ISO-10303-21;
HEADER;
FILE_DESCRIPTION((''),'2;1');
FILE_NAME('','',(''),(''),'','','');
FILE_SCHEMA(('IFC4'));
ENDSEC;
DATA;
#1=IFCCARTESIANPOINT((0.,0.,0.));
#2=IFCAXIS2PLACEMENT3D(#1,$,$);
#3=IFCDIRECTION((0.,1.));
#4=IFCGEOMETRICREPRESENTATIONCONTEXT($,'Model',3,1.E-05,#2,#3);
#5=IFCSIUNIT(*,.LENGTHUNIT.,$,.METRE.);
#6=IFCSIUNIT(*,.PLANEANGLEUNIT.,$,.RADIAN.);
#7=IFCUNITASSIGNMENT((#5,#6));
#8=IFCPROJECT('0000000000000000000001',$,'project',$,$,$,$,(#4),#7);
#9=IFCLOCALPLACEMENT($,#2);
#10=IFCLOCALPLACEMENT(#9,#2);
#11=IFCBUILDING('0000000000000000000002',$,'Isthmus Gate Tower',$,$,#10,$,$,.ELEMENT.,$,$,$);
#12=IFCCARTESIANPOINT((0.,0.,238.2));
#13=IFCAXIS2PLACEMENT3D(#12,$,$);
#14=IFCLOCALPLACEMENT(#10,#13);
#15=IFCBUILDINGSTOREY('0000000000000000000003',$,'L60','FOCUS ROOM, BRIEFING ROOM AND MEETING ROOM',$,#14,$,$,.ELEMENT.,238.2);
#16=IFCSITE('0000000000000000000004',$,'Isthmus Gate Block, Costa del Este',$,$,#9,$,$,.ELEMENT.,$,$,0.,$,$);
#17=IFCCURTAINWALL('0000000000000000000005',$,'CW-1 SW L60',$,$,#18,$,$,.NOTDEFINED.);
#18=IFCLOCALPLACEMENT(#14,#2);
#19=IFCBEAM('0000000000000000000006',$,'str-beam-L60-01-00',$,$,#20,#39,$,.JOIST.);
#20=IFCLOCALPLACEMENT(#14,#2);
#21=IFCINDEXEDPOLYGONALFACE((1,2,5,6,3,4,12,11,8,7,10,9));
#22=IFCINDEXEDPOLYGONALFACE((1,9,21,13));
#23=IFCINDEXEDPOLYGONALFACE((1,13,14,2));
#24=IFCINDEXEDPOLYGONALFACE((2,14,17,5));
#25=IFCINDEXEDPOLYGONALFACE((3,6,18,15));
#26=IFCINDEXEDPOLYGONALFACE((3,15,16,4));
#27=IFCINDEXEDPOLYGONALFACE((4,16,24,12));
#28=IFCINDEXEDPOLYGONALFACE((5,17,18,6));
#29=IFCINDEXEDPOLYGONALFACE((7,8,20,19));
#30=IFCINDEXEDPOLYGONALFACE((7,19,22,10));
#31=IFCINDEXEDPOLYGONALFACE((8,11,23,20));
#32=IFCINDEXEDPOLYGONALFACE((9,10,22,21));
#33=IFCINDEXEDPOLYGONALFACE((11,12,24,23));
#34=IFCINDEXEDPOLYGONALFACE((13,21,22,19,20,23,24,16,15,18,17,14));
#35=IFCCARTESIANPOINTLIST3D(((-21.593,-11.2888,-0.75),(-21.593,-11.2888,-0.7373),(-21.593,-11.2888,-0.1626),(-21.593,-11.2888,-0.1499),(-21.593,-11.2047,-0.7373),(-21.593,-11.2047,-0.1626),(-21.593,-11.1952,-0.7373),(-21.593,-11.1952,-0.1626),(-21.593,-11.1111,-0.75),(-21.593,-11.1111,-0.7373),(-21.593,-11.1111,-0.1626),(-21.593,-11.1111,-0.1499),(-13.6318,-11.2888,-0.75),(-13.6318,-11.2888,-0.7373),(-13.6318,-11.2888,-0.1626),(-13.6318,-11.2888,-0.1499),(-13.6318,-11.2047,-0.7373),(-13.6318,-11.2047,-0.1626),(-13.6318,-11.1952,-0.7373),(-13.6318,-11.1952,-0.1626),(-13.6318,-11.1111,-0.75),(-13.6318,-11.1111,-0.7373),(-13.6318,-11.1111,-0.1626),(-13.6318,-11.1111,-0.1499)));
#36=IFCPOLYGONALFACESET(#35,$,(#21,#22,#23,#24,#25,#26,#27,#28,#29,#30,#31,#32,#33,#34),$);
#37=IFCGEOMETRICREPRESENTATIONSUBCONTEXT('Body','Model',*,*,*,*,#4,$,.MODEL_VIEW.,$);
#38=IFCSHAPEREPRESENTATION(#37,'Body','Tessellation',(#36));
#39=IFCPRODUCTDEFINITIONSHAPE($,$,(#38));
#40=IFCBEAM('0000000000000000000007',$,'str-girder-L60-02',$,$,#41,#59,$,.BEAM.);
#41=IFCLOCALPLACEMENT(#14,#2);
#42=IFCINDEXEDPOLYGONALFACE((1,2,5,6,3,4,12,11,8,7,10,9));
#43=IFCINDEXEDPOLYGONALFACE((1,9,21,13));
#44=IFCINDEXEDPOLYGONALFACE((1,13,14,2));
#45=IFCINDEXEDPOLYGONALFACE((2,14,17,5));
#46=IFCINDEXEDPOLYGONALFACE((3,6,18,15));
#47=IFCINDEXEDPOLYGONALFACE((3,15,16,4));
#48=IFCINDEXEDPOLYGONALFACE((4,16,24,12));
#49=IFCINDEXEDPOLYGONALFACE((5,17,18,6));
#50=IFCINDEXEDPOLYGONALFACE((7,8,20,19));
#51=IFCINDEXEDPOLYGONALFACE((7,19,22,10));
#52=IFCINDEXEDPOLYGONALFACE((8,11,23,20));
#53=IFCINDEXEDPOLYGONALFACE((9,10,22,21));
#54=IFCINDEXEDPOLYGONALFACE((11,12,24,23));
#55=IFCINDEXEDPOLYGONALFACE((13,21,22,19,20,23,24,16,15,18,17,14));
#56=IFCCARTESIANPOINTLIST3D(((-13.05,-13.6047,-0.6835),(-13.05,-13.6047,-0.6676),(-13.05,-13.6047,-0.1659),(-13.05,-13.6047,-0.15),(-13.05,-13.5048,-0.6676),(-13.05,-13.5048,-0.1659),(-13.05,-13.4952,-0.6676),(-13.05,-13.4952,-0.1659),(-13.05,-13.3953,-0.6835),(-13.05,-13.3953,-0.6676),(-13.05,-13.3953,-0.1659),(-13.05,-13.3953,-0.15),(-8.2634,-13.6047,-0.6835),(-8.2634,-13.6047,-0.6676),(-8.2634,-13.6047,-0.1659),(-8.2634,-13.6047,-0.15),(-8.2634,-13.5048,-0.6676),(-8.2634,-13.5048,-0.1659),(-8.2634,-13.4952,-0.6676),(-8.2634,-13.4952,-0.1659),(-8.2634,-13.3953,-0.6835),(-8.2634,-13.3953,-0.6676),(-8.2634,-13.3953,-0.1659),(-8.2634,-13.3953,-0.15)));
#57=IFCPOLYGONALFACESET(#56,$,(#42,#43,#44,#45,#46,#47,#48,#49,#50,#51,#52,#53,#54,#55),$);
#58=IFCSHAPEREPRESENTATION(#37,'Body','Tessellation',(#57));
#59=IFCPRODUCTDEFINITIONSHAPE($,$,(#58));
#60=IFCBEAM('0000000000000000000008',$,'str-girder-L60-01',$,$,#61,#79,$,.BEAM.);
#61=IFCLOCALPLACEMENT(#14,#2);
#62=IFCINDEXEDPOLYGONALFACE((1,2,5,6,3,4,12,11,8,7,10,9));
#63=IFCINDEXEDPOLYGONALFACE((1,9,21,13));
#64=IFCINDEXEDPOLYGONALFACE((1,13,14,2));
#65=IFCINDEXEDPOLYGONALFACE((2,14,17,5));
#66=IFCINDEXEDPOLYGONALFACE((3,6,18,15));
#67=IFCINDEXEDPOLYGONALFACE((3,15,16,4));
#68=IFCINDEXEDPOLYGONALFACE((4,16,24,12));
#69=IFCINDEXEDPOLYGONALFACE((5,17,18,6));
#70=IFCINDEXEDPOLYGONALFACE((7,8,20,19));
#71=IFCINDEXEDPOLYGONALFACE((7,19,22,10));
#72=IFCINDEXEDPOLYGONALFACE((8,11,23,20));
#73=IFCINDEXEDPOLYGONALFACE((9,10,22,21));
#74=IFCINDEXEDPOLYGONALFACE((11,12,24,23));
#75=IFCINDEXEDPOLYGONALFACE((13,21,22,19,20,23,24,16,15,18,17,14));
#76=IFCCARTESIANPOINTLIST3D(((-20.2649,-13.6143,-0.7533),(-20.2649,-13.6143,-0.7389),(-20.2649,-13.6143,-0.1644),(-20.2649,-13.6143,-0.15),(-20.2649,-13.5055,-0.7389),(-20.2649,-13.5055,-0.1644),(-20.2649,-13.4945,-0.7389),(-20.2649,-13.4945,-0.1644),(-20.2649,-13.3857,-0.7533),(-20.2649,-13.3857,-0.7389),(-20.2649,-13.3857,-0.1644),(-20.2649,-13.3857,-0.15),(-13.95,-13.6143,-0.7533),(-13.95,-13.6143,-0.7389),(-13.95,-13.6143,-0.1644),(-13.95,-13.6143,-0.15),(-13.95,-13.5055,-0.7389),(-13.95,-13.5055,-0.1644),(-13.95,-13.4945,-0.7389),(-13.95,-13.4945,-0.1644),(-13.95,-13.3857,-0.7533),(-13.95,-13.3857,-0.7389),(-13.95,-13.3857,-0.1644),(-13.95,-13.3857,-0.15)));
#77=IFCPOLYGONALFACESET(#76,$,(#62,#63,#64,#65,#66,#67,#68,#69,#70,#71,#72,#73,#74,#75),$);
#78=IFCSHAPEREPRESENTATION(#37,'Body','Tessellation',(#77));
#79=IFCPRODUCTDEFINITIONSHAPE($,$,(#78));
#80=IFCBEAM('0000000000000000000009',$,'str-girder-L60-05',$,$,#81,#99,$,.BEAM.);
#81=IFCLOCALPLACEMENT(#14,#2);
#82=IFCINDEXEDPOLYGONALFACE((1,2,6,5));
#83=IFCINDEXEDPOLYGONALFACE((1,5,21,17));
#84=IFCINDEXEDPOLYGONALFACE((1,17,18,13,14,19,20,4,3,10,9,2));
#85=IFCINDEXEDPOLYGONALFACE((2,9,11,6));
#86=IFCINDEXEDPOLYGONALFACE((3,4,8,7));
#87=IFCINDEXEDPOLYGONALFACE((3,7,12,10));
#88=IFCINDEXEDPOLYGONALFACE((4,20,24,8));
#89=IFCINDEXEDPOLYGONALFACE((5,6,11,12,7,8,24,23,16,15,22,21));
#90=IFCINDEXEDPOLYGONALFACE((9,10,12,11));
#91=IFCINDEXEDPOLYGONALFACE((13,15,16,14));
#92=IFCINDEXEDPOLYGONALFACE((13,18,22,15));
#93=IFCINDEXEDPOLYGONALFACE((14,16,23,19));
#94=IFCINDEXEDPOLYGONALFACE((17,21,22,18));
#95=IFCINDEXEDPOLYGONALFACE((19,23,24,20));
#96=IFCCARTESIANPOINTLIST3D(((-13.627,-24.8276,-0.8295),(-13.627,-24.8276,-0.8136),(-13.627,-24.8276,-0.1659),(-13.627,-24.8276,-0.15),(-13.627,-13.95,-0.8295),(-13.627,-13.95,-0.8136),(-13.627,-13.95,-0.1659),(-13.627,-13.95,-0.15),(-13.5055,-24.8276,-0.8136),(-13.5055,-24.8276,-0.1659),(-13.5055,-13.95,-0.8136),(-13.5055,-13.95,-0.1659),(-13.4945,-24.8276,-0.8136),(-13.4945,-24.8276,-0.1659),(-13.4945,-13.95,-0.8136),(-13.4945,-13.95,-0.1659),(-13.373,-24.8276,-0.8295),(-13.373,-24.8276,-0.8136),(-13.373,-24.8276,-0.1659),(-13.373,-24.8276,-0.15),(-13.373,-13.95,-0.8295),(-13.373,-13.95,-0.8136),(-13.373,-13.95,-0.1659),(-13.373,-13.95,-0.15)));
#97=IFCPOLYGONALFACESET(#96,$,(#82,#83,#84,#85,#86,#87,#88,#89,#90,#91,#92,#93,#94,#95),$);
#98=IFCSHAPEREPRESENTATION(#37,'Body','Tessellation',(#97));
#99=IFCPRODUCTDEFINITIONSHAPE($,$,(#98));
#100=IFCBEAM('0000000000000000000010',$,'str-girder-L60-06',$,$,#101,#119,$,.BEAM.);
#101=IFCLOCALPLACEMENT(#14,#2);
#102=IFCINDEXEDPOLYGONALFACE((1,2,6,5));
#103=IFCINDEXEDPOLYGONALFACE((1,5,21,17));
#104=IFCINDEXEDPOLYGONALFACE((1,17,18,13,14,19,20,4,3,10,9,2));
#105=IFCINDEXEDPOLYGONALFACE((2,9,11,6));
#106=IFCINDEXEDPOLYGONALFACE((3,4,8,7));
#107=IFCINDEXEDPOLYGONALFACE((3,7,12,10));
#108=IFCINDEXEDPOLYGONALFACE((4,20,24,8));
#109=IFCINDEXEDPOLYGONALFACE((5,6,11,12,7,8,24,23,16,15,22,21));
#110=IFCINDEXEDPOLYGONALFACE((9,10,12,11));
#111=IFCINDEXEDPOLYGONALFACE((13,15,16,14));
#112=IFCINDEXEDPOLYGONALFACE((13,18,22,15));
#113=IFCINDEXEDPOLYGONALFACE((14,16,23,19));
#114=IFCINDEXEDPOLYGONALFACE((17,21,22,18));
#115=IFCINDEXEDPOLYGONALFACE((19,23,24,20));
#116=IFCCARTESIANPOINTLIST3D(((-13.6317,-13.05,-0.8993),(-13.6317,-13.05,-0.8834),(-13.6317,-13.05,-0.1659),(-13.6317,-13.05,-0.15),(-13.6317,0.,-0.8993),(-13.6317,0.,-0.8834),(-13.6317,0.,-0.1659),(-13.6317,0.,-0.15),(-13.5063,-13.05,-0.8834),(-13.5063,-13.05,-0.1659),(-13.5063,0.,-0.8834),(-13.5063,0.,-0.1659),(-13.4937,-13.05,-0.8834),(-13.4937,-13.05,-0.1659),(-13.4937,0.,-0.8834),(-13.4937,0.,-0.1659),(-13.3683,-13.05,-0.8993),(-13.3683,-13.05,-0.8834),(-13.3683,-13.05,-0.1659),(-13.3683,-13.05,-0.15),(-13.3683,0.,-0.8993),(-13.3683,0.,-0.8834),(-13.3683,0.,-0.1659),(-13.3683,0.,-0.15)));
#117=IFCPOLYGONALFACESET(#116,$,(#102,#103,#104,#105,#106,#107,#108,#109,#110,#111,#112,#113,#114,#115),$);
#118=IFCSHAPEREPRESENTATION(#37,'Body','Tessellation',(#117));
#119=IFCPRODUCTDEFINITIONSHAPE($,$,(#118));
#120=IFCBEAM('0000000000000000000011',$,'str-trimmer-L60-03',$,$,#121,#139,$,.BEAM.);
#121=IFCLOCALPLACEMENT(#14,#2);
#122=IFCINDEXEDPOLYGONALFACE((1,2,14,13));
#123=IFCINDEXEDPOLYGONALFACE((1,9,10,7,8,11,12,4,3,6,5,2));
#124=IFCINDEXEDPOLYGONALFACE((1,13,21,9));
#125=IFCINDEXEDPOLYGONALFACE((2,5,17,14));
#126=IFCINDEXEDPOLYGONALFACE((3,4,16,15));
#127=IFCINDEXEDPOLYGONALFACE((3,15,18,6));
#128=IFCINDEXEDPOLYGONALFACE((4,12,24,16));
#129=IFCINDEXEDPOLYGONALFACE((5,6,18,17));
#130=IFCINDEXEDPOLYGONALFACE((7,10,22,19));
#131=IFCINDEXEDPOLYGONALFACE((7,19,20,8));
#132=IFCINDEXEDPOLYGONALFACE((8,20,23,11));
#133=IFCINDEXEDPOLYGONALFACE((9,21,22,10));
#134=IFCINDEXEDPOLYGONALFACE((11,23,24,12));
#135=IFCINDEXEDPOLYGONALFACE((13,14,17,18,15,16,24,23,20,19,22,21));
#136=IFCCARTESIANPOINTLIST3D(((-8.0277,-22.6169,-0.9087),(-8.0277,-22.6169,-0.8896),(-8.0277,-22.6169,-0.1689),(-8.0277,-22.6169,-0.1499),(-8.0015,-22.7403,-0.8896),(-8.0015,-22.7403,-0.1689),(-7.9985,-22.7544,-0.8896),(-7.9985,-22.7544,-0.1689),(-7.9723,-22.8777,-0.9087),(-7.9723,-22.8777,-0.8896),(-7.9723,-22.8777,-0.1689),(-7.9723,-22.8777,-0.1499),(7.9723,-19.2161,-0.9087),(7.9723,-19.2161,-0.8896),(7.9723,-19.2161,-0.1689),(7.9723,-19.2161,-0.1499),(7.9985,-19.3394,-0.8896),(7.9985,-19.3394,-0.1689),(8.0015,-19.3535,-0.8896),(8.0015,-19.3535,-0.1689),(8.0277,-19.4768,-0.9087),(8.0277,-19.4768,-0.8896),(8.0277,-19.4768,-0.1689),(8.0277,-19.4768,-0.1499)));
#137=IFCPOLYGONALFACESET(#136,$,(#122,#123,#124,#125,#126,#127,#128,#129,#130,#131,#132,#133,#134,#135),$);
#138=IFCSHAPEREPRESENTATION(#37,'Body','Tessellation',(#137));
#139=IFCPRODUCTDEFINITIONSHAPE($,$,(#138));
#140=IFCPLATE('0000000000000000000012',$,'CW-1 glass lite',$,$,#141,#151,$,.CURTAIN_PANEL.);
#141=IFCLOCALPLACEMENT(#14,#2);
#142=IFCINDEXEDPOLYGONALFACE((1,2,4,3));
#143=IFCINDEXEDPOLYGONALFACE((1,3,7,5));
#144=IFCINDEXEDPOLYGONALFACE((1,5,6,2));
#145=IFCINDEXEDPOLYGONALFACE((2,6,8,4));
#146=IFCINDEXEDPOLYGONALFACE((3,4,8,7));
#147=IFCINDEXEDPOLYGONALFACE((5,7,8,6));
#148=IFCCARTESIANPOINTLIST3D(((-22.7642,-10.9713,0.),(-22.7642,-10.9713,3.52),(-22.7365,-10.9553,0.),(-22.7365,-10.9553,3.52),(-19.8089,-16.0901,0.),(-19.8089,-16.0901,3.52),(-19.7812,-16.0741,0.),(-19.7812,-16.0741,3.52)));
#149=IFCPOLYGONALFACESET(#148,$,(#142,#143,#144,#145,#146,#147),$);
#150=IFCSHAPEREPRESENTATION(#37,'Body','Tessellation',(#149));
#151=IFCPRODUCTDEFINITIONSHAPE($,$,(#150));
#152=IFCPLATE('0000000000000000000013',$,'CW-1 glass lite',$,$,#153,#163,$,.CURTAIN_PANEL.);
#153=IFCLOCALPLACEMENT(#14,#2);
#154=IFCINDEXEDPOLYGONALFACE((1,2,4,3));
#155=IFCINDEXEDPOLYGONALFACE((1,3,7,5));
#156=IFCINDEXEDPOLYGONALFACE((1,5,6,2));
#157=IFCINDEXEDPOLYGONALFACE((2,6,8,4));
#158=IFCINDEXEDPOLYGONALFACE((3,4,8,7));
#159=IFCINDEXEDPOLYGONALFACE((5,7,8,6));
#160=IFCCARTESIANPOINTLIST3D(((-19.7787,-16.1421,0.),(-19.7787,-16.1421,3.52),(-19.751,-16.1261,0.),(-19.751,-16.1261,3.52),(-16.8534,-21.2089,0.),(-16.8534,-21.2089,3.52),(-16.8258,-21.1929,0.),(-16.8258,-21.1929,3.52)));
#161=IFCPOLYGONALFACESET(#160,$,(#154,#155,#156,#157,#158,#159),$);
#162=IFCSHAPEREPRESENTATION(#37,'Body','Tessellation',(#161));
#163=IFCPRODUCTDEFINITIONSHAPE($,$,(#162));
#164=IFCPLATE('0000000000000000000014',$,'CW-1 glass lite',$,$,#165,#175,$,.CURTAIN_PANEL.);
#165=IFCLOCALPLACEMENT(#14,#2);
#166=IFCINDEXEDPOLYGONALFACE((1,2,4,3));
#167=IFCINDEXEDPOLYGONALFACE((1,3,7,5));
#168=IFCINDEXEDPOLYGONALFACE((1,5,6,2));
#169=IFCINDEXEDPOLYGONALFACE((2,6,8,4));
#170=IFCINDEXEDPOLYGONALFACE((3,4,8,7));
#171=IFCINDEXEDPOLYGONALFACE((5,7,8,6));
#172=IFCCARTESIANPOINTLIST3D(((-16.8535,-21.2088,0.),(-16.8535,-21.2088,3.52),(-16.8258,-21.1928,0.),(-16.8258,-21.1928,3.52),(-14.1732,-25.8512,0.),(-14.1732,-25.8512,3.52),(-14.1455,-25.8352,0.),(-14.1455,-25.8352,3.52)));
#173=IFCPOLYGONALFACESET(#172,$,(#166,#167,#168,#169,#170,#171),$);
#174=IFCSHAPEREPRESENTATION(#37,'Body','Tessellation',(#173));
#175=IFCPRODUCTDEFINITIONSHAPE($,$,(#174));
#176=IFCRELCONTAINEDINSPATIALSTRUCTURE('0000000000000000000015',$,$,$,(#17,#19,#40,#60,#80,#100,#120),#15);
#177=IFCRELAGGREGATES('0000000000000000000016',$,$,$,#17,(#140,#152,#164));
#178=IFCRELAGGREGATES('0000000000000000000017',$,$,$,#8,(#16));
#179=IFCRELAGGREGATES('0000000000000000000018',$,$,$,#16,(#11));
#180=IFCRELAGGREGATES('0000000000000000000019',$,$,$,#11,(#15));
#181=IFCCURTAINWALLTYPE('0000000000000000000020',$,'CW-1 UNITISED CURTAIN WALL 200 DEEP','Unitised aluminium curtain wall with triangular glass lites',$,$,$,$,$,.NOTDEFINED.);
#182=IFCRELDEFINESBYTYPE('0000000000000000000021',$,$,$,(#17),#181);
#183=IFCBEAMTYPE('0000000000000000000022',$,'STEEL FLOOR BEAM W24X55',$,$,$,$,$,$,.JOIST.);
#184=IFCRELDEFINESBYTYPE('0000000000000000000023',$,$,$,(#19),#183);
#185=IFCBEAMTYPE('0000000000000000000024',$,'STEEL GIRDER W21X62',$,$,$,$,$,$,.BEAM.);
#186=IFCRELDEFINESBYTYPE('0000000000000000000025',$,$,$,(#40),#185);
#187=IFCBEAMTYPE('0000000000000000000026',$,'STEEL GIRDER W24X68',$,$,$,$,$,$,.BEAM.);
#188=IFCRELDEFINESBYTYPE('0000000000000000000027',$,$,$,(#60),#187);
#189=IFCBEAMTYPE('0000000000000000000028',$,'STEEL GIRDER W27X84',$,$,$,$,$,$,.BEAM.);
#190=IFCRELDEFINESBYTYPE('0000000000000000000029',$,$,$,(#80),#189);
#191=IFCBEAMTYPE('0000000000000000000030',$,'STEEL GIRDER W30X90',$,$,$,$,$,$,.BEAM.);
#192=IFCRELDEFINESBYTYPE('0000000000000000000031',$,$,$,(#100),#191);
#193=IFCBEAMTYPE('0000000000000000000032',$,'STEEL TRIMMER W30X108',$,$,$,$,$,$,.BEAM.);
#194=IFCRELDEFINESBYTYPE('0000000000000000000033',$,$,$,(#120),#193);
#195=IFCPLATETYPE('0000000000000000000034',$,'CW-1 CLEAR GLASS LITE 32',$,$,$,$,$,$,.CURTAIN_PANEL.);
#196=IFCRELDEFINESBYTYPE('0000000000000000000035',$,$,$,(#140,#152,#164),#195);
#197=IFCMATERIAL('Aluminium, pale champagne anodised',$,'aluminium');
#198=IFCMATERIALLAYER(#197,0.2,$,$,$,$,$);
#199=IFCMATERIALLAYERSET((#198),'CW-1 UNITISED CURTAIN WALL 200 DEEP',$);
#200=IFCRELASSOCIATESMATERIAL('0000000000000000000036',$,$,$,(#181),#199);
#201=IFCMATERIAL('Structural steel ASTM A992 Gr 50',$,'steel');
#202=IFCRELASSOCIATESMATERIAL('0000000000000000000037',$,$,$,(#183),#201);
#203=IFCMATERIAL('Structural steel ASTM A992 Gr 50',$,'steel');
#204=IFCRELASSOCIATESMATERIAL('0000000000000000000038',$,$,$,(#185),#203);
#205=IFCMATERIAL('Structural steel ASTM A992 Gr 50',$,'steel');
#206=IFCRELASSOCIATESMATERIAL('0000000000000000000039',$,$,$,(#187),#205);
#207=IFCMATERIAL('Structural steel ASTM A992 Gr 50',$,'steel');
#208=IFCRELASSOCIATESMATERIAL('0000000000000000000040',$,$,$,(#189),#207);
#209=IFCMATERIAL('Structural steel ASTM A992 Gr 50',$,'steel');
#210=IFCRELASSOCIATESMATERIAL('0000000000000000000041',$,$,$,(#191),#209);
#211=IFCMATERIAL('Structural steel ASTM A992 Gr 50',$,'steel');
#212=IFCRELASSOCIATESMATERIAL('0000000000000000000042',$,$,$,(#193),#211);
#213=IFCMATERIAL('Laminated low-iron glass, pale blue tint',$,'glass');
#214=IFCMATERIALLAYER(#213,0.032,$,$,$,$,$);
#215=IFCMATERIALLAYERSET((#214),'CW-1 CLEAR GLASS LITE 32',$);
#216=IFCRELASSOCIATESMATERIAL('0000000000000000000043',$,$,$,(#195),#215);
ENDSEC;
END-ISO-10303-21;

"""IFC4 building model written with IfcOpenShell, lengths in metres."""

from ifc_helpers import new_model, si_unit, direction, frame, origin, origin_2d, place, context, subcontext, project, spatial, rectangle, i_section, extrude, material, layer, layer_set, material_profile, profile_set, type_object, element, aggregate, save


model = new_model("IFC4")

# Units and contexts
model_context = context("Model", 3, precision=1e-05, world=origin(), true_north=direction((0.0, 1.0)))
body_context = subcontext(model_context, "Body", "Model", "MODEL_VIEW")
ifc_project = project(units=[si_unit("LENGTHUNIT", "METRE"), si_unit("PLANEANGLEUNIT", "RADIAN")], contexts=[model_context])

# Site, building, storey
site_placement = place(None, origin())
site = spatial("IfcSite", under=ifc_project, at=site_placement, Name="Isthmus Gate Block, Costa del Este", CompositionType="ELEMENT", RefElevation=0.0)
building_placement = place(site_placement, origin())
building = spatial("IfcBuilding", under=site, at=building_placement, Name="Isthmus Gate Tower", CompositionType="ELEMENT")
storey_placement = place(building_placement, frame((0.0, 0.0, 238.2)))
storey = spatial("IfcBuildingStorey", under=building, at=storey_placement, Name="L60", Description="FOCUS ROOM, BRIEFING ROOM AND MEETING ROOM", CompositionType="ELEMENT", Elevation=238.2)

# Curtain wall
ifc_material_1 = material(Name="Aluminium, pale champagne anodised", Category="aluminium")
ifc_layer_1 = layer(ifc_material_1, 0.2)
ifc_layer_set_1 = layer_set([ifc_layer_1], Name="CW-1 UNITISED CURTAIN WALL 200 DEEP")
curtain_wall_type = type_object("IfcCurtainWallType", Name="CW-1 UNITISED CURTAIN WALL 200 DEEP", Description="Unitised aluminium curtain wall with triangular glass lites", PredefinedType="NOTDEFINED", material=ifc_layer_set_1)
curtain_wall_1_placement = place(storey_placement, origin())
curtain_wall_1 = element("IfcCurtainWall", 1, at=curtain_wall_1_placement, inside=storey, type_object=curtain_wall_type, Name="CW-1 SW L60", PredefinedType="NOTDEFINED")

# Beams
ifc_material_2 = material(Name="Structural steel ASTM A992 Gr 50", Category="steel")
ifc_material_profile_1 = material_profile(ifc_material_2, i_section(OverallWidth=0.1777, OverallDepth=0.6001, WebThickness=0.0095, FlangeThickness=0.0127, at=origin_2d()), Name="W24X55")
ifc_profile_set_1 = profile_set([ifc_material_profile_1], Name="Structural steel ASTM A992 Gr 50")
beam_type_1 = type_object("IfcBeamType", Name="STEEL FLOOR BEAM W24X55", PredefinedType="JOIST", material=ifc_profile_set_1)
beam_1_placement = place(storey_placement, frame((-21.593, -11.2, -0.45), z_axis=(1.0, 0.0, 0.0), x_axis=(0.0, 1.0, 0.0)))
element("IfcBeam", 2, at=beam_1_placement, inside=storey, type_object=beam_type_1, Name="str-beam-L60-01-00", PredefinedType="JOIST", context=body_context, shape_type="SweptSolid", body=[
    extrude(i_section(OverallWidth=0.1777, OverallDepth=0.6001, WebThickness=0.0095, FlangeThickness=0.0127, at=origin_2d()), origin(), (0.0, 0.0, 1.0), 7.9612),
])
ifc_material_3 = material(Name="Structural steel ASTM A992 Gr 50", Category="steel")
ifc_material_profile_2 = material_profile(ifc_material_3, i_section(OverallWidth=0.2095, OverallDepth=0.5334, WebThickness=0.0095, FlangeThickness=0.0159, at=origin_2d()), Name="W21X62")
ifc_profile_set_2 = profile_set([ifc_material_profile_2], Name="Structural steel ASTM A992 Gr 50")
beam_type_2 = type_object("IfcBeamType", Name="STEEL GIRDER W21X62", PredefinedType="BEAM", material=ifc_profile_set_2)
beam_2_placement = place(storey_placement, frame((-13.05, -13.5, -0.4167), z_axis=(1.0, 0.0, 0.0), x_axis=(0.0, 1.0, 0.0)))
element("IfcBeam", 3, at=beam_2_placement, inside=storey, type_object=beam_type_2, Name="str-girder-L60-02", PredefinedType="BEAM", context=body_context, shape_type="SweptSolid", body=[
    extrude(i_section(OverallWidth=0.2095, OverallDepth=0.5334, WebThickness=0.0095, FlangeThickness=0.0159, at=origin_2d()), origin(), (0.0, 0.0, 1.0), 4.7866),
])
ifc_material_4 = material(Name="Structural steel ASTM A992 Gr 50", Category="steel")
ifc_material_profile_3 = material_profile(ifc_material_4, i_section(OverallWidth=0.2285, OverallDepth=0.6033, WebThickness=0.011, FlangeThickness=0.0144, at=origin_2d()), Name="W24X68")
ifc_profile_set_3 = profile_set([ifc_material_profile_3], Name="Structural steel ASTM A992 Gr 50")
beam_type_3 = type_object("IfcBeamType", Name="STEEL GIRDER W24X68", PredefinedType="BEAM", material=ifc_profile_set_3)
beam_3_placement = place(storey_placement, frame((-20.2649, -13.5, -0.4517), z_axis=(1.0, 0.0, 0.0), x_axis=(0.0, 1.0, 0.0)))
element("IfcBeam", 4, at=beam_3_placement, inside=storey, type_object=beam_type_3, Name="str-girder-L60-01", PredefinedType="BEAM", context=body_context, shape_type="SweptSolid", body=[
    extrude(i_section(OverallWidth=0.2285, OverallDepth=0.6033, WebThickness=0.011, FlangeThickness=0.0144, at=origin_2d()), origin(), (0.0, 0.0, 1.0), 6.3149),
])
ifc_material_5 = material(Name="Structural steel ASTM A992 Gr 50", Category="steel")
ifc_material_profile_4 = material_profile(ifc_material_5, i_section(OverallWidth=0.2539, OverallDepth=0.6794, WebThickness=0.011, FlangeThickness=0.0159, at=origin_2d()), Name="W27X84")
ifc_profile_set_4 = profile_set([ifc_material_profile_4], Name="Structural steel ASTM A992 Gr 50")
beam_type_4 = type_object("IfcBeamType", Name="STEEL GIRDER W27X84", PredefinedType="BEAM", material=ifc_profile_set_4)
beam_4_placement = place(storey_placement, frame((-13.5, -24.8276, -0.4897), z_axis=(0.0, 1.0, 0.0), x_axis=(-1.0, 0.0, 0.0)))
element("IfcBeam", 5, at=beam_4_placement, inside=storey, type_object=beam_type_4, Name="str-girder-L60-05", PredefinedType="BEAM", context=body_context, shape_type="SweptSolid", body=[
    extrude(i_section(OverallWidth=0.2539, OverallDepth=0.6794, WebThickness=0.011, FlangeThickness=0.0159, at=origin_2d()), origin(), (0.0, 0.0, 1.0), 10.8777),
])
ifc_material_6 = material(Name="Structural steel ASTM A992 Gr 50", Category="steel")
ifc_material_profile_5 = material_profile(ifc_material_6, i_section(OverallWidth=0.2634, OverallDepth=0.7493, WebThickness=0.0127, FlangeThickness=0.0159, at=origin_2d()), Name="W30X90")
ifc_profile_set_5 = profile_set([ifc_material_profile_5], Name="Structural steel ASTM A992 Gr 50")
beam_type_5 = type_object("IfcBeamType", Name="STEEL GIRDER W30X90", PredefinedType="BEAM", material=ifc_profile_set_5)
beam_5_placement = place(storey_placement, frame((-13.5, -13.05, -0.5247), z_axis=(0.0, 1.0, 0.0), x_axis=(-1.0, 0.0, 0.0)))
element("IfcBeam", 6, at=beam_5_placement, inside=storey, type_object=beam_type_5, Name="str-girder-L60-06", PredefinedType="BEAM", context=body_context, shape_type="SweptSolid", body=[
    extrude(i_section(OverallWidth=0.2634, OverallDepth=0.7493, WebThickness=0.0127, FlangeThickness=0.0159, at=origin_2d()), origin(), (0.0, 0.0, 1.0), 13.05),
])
ifc_material_7 = material(Name="Structural steel ASTM A992 Gr 50", Category="steel")
ifc_material_profile_6 = material_profile(ifc_material_7, i_section(OverallWidth=0.2666, OverallDepth=0.7588, WebThickness=0.0144, FlangeThickness=0.019, at=origin_2d()), Name="W30X108")
ifc_profile_set_6 = profile_set([ifc_material_profile_6], Name="Structural steel ASTM A992 Gr 50")
beam_type_6 = type_object("IfcBeamType", Name="STEEL TRIMMER W30X108", PredefinedType="BEAM", material=ifc_profile_set_6)
beam_6_placement = place(storey_placement, frame((-8.0, -22.7473, -0.5293), z_axis=(0.978148, 0.20791, 0.0), x_axis=(-0.20791, 0.978148, 0.0)))
element("IfcBeam", 7, at=beam_6_placement, inside=storey, type_object=beam_type_6, Name="str-trimmer-L60-03", PredefinedType="BEAM", context=body_context, shape_type="SweptSolid", body=[
    extrude(i_section(OverallWidth=0.2666, OverallDepth=0.7588, WebThickness=0.0144, FlangeThickness=0.019, at=origin_2d()), origin(), (0.0, 0.0, 1.0), 16.3574),
])

# Plates
ifc_material_8 = material(Name="Laminated low-iron glass, pale blue tint", Category="glass")
ifc_layer_2 = layer(ifc_material_8, 0.032)
ifc_layer_set_2 = layer_set([ifc_layer_2], Name="CW-1 CLEAR GLASS LITE 32")
plate_type = type_object("IfcPlateType", Name="CW-1 CLEAR GLASS LITE 32", PredefinedType="CURTAIN_PANEL", material=ifc_layer_set_2)
plate_1_placement = place(storey_placement, frame((-21.2727, -13.5227, 0.0), z_axis=(0.0, 0.0, 1.0), x_axis=(0.5, -0.866025, 0.0)))
plate_1 = element("IfcPlate", 8, at=plate_1_placement, type_object=plate_type, Name="CW-1 glass lite", PredefinedType="CURTAIN_PANEL", context=body_context, shape_type="SweptSolid", body=[
    extrude(rectangle(XDim=5.9106, YDim=0.032, at=origin_2d()), origin(), (0.0, 0.0, 1.0), 3.52),
])
plate_2_placement = place(storey_placement, frame((-18.3022, -18.6675, 0.0), z_axis=(0.0, 0.0, 1.0), x_axis=(0.5, -0.866025, 0.0)))
plate_2 = element("IfcPlate", 9, at=plate_2_placement, type_object=plate_type, Name="CW-1 glass lite", PredefinedType="CURTAIN_PANEL", context=body_context, shape_type="SweptSolid", body=[
    extrude(rectangle(XDim=5.8506, YDim=0.032, at=origin_2d()), origin(), (0.0, 0.0, 1.0), 3.52),
])
plate_3_placement = place(storey_placement, frame((-15.4995, -23.522, 0.0), z_axis=(0.0, 0.0, 1.0), x_axis=(0.5, -0.866025, 0.0)))
plate_3 = element("IfcPlate", 10, at=plate_3_placement, type_object=plate_type, Name="CW-1 glass lite", PredefinedType="CURTAIN_PANEL", context=body_context, shape_type="SweptSolid", body=[
    extrude(rectangle(XDim=5.3606, YDim=0.032, at=origin_2d()), origin(), (0.0, 0.0, 1.0), 3.52),
])
aggregate(curtain_wall_1, [plate_1, plate_2, plate_3])

save(model, "model.ifc")
